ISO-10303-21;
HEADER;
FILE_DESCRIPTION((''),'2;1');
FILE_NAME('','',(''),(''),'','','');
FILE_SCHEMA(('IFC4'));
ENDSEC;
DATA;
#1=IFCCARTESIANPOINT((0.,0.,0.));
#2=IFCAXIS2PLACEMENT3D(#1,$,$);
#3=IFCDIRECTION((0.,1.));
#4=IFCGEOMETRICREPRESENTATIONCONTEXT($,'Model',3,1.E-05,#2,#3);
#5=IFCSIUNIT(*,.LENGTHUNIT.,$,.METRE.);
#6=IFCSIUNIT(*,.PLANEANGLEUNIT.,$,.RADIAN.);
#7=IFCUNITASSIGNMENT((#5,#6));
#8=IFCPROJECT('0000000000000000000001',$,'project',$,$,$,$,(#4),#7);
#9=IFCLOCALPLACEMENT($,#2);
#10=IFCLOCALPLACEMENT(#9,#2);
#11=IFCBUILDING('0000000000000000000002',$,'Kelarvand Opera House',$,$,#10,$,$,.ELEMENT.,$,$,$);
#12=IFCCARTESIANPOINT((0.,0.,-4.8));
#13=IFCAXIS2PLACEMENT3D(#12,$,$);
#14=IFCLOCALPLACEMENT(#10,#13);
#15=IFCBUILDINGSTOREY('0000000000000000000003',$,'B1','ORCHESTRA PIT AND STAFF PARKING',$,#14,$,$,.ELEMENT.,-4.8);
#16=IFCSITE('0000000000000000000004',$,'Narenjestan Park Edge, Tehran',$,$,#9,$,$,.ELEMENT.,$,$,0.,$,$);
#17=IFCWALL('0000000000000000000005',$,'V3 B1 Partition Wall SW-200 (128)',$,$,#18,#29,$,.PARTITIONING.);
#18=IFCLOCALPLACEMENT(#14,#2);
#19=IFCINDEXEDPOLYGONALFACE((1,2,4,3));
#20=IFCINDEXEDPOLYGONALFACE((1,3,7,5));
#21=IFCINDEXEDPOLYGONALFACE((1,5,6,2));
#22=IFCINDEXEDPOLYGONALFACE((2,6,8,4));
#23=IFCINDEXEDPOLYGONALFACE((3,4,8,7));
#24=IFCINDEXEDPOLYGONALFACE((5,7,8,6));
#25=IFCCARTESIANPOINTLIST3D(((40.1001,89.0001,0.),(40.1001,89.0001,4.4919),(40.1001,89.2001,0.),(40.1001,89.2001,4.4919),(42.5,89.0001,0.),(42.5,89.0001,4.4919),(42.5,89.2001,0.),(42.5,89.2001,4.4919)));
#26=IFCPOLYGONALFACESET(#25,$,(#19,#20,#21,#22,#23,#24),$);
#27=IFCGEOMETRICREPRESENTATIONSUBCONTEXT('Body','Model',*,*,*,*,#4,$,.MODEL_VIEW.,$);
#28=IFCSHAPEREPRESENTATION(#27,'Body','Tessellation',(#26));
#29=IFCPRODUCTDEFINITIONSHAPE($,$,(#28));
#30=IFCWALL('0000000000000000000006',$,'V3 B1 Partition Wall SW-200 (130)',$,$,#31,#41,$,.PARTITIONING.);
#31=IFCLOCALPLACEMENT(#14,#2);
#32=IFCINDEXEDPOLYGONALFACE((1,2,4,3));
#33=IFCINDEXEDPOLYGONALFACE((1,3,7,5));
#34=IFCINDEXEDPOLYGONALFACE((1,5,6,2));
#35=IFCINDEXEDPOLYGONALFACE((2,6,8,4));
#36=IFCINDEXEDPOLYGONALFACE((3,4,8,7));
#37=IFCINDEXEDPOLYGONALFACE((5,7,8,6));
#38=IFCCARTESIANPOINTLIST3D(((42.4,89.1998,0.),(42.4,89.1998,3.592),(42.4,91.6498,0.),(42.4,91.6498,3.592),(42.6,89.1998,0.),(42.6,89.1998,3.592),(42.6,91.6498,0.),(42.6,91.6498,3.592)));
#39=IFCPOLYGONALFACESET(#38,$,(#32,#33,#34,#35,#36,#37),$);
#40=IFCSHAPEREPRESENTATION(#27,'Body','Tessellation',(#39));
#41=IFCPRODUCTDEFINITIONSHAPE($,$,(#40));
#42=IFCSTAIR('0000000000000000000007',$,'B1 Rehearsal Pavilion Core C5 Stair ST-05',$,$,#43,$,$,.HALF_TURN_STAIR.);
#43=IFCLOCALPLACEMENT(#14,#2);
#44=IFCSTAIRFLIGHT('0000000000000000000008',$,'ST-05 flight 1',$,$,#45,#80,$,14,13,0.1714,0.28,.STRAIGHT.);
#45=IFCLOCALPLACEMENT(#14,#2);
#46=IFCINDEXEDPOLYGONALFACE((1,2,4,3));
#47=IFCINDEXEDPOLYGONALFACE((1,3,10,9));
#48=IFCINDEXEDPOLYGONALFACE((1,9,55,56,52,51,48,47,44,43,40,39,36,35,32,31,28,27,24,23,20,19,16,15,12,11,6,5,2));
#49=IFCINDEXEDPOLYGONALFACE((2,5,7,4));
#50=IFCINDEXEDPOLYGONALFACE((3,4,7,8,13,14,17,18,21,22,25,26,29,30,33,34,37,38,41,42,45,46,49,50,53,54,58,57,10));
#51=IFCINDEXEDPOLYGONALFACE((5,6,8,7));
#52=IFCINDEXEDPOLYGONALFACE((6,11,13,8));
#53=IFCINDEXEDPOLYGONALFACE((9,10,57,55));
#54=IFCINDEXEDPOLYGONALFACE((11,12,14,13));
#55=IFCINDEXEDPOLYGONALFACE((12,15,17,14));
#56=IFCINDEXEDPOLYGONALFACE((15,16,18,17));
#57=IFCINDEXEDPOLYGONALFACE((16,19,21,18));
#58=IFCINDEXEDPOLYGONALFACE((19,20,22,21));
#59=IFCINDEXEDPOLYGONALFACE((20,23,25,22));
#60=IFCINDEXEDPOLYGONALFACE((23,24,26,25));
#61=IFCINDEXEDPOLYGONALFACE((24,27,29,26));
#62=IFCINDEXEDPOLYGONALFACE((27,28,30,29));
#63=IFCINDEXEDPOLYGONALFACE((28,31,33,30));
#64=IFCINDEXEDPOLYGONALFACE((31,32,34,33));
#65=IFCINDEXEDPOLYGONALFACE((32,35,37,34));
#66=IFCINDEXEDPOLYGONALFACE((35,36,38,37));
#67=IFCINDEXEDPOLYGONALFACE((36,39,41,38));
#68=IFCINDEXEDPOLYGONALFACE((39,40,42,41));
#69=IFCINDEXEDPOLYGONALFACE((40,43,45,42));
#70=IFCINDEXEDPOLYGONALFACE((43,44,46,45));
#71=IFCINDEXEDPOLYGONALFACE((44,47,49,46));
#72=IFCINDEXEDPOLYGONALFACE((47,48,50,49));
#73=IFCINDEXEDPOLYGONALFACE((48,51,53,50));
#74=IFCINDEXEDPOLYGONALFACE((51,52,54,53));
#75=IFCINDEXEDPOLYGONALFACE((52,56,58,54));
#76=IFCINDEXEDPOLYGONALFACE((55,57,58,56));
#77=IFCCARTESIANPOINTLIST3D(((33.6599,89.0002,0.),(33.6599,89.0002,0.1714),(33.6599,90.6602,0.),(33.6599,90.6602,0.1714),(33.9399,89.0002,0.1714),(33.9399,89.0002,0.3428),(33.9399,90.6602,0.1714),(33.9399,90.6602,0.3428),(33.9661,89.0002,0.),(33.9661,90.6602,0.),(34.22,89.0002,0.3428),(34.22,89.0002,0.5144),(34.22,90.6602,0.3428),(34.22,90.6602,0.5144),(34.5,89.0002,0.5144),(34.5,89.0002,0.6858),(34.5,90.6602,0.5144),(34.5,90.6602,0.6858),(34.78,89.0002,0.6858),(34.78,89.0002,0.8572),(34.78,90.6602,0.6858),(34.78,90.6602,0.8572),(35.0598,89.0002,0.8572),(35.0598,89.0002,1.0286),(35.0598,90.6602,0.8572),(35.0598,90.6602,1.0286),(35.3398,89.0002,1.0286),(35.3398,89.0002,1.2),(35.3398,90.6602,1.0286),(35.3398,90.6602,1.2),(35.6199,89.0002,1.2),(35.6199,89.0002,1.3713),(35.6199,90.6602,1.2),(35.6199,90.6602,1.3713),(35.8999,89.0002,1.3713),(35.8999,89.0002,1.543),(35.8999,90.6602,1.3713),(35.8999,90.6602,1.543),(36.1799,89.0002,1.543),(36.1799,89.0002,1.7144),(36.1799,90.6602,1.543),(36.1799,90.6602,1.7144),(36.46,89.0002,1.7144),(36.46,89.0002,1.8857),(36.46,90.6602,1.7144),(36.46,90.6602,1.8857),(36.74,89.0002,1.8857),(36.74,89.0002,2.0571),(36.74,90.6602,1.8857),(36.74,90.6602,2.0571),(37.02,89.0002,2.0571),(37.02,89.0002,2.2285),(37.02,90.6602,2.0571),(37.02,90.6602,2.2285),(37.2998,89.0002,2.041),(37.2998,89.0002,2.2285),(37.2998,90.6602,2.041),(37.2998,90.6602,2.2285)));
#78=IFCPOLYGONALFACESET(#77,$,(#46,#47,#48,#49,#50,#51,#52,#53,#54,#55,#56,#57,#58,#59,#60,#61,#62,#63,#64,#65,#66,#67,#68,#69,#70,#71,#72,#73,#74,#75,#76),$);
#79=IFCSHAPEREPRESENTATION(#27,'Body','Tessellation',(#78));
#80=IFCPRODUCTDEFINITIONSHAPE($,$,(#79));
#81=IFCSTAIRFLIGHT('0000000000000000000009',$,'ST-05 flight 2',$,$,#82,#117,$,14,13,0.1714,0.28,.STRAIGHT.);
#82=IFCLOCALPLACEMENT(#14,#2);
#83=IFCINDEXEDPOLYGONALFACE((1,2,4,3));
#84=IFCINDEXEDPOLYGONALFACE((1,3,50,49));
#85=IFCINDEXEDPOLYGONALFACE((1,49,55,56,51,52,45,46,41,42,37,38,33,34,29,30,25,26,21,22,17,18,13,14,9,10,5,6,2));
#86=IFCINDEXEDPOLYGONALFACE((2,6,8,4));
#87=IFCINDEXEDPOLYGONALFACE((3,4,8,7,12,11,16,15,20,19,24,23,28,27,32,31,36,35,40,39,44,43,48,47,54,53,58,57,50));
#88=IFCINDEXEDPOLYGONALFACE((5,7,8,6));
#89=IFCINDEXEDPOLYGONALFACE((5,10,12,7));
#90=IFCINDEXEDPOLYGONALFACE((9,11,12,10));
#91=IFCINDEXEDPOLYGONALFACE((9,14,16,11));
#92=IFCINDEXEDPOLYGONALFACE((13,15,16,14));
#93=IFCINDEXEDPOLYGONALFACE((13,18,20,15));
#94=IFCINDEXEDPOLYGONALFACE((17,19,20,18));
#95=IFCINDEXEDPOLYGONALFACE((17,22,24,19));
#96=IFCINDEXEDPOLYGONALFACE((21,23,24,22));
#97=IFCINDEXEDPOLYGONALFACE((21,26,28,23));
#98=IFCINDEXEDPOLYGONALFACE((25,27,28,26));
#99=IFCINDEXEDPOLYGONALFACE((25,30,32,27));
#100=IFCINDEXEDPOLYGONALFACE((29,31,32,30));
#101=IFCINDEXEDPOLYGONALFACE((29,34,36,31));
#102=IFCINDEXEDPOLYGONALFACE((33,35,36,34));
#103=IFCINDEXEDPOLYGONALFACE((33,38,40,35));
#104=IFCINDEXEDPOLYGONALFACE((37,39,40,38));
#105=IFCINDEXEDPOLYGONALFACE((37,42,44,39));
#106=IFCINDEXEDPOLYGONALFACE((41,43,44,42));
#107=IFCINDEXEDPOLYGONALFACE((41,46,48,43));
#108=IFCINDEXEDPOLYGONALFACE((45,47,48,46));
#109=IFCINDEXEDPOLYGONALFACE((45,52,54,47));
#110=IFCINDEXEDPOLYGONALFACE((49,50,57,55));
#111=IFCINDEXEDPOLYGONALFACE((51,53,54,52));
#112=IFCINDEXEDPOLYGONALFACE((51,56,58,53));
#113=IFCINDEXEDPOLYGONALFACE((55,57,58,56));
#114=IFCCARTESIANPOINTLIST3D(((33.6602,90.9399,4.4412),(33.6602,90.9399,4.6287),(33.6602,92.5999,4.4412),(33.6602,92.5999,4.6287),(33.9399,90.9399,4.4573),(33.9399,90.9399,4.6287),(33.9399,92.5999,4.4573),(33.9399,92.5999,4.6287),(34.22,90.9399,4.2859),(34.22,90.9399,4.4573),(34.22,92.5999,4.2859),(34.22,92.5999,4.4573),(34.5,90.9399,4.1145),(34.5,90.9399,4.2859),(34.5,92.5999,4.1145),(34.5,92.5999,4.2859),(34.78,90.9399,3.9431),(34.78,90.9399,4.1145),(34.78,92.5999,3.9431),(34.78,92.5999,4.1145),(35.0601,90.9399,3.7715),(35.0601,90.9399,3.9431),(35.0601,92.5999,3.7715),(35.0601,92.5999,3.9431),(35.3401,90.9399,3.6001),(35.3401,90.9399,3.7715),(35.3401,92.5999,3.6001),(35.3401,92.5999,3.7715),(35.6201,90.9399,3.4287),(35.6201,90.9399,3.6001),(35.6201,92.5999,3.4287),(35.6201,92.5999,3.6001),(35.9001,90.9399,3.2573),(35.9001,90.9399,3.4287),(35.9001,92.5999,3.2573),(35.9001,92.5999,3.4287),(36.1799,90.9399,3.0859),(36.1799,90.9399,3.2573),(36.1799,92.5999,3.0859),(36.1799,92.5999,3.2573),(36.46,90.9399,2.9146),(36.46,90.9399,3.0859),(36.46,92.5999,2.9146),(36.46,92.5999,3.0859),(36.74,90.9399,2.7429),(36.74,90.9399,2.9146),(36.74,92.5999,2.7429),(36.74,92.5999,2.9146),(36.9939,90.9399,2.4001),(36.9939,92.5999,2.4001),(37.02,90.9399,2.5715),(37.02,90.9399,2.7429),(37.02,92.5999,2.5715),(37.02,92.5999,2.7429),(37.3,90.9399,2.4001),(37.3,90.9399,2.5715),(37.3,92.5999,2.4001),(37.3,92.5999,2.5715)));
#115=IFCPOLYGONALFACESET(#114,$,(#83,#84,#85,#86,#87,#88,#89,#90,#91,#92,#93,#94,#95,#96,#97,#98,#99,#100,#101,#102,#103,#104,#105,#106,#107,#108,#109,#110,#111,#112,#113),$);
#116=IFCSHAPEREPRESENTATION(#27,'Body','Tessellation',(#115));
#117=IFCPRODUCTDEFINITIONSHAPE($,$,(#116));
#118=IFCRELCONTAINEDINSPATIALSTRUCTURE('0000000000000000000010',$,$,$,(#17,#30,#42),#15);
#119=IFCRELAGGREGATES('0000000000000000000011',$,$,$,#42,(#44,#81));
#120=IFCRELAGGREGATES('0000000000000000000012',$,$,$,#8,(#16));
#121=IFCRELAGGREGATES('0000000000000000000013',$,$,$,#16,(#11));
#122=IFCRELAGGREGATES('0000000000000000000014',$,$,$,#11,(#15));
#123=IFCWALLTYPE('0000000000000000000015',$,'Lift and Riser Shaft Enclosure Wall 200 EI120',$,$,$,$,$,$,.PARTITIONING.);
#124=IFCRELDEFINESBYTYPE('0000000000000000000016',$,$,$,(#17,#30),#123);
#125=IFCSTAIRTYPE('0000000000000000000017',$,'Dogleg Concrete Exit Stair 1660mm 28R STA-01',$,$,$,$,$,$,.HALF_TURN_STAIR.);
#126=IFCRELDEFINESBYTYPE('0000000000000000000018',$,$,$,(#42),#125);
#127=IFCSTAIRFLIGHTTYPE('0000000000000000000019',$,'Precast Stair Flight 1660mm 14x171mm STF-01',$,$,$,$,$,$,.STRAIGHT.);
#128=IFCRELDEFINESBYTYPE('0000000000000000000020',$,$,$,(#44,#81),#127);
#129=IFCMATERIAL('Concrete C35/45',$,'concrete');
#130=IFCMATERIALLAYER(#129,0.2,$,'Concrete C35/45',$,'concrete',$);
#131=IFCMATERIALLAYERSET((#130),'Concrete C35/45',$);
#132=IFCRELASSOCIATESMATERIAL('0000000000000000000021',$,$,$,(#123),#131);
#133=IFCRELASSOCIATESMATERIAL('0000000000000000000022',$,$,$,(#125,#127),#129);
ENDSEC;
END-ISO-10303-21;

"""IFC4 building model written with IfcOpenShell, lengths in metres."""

from ifc_helpers import new_model, si_unit, direction, frame, frame_2d, origin, place, context, subcontext, project, spatial, polyline, rectangle, outline, extrude, material, layer, layer_set, type_object, element, aggregate, save


model = new_model("IFC4")

# Units and contexts
model_context = context("Model", 3, precision=1e-05, world=origin(), true_north=direction((0.0, 1.0)))
body_context = subcontext(model_context, "Body", "Model", "MODEL_VIEW")
ifc_project = project(units=[si_unit("LENGTHUNIT", "METRE"), si_unit("PLANEANGLEUNIT", "RADIAN")], contexts=[model_context])

# Site, building, storey
site_placement = place(None, origin())
site = spatial("IfcSite", under=ifc_project, at=site_placement, Name="Narenjestan Park Edge, Tehran", CompositionType="ELEMENT", RefElevation=0.0)
building_placement = place(site_placement, origin())
building = spatial("IfcBuilding", under=site, at=building_placement, Name="Kelarvand Opera House", CompositionType="ELEMENT")
storey_placement = place(building_placement, frame((0.0, 0.0, -4.8)))
storey = spatial("IfcBuildingStorey", under=building, at=storey_placement, Name="B1", Description="ORCHESTRA PIT AND STAFF PARKING", CompositionType="ELEMENT", Elevation=-4.8)

# Shared definitions
ifc_material_1 = material(Name="Concrete C35/45", Category="concrete")

# Wall
ifc_layer_1 = layer(ifc_material_1, 0.2, Name="Concrete C35/45", Category="concrete")
ifc_layer_set_1 = layer_set([ifc_layer_1], Name="Concrete C35/45")
wall_type_1 = type_object("IfcWallType", Name="Lift and Riser Shaft Enclosure Wall 200 EI120", PredefinedType="PARTITIONING", material=ifc_layer_set_1)
wall_1_placement = place(storey_placement, frame((40.1001, 89.1001, 0.0), z_axis=(0.0, 0.0, 1.0), x_axis=(1.0, 0.0, 0.0)))
element("IfcWall", 1, at=wall_1_placement, inside=storey, type_object=wall_type_1, Name="V3 B1 Partition Wall SW-200 (128)", PredefinedType="PARTITIONING", context=body_context, shape_type="SweptSolid", body=[
    extrude(rectangle(XDim=2.3999, YDim=0.2, at=frame_2d((1.2, 0.0))), origin(), (0.0, 0.0, 1.0), 4.4919),
])

# Wall
wall_2_placement = place(storey_placement, frame((42.5, 91.6499, 0.0), z_axis=(0.0, 0.0, 1.0), x_axis=(0.0, -1.0, 0.0)))
element("IfcWall", 2, at=wall_2_placement, inside=storey, type_object=wall_type_1, Name="V3 B1 Partition Wall SW-200 (130)", PredefinedType="PARTITIONING", context=body_context, shape_type="SweptSolid", body=[
    extrude(rectangle(XDim=2.45, YDim=0.2, at=frame_2d((1.2251, 0.0))), origin(), (0.0, 0.0, 1.0), 3.592),
])

# Stair, stair flights
stair_type = type_object("IfcStairType", Name="Dogleg Concrete Exit Stair 1660mm 28R STA-01", PredefinedType="HALF_TURN_STAIR", material=ifc_material_1)
stair_placement = place(storey_placement, origin())
stair = element("IfcStair", 3, at=stair_placement, inside=storey, type_object=stair_type, Name="B1 Rehearsal Pavilion Core C5 Stair ST-05", PredefinedType="HALF_TURN_STAIR")
stair_flight_type = type_object("IfcStairFlightType", Name="Precast Stair Flight 1660mm 14x171mm STF-01", PredefinedType="STRAIGHT", material=ifc_material_1)
stair_flight_1_placement = place(storey_placement, frame((33.6599, 89.8301, 0.0), z_axis=(0.0, 0.0, 1.0), x_axis=(1.0, 0.0, 0.0)))
stair_flight_1 = element("IfcStairFlight", 4, at=stair_flight_1_placement, type_object=stair_flight_type, Name="ST-05 flight 1", NumberOfRisers=14, NumberOfTreads=13, PredefinedType="STRAIGHT", RiserHeight=0.1714, TreadLength=0.28, context=body_context, shape_type="SweptSolid", body=[
    extrude(outline(polyline([(0.0, 0.0), (0.0, 0.1714), (0.28, 0.1714), (0.28, 0.3428), (0.5601, 0.3428), (0.5601, 0.5144), (0.8401, 0.5144), (0.8401, 0.6858), (1.1201, 0.6858), (1.1201, 0.8572), (1.3999, 0.8572), (1.3999, 1.0286), (1.6799, 1.0286), (1.6799, 1.2), (1.96, 1.2), (1.96, 1.3713), (2.24, 1.3713), (2.24, 1.543), (2.52, 1.543), (2.52, 1.7144), (2.8, 1.7144), (2.8, 1.8857), (3.0801, 1.8857), (3.0801, 2.0571), (3.3601, 2.0571), (3.3601, 2.2285), (3.6399, 2.2285), (3.6399, 2.3999), (3.6399, 2.041), (0.3062, 0.0), (0.0, 0.0)])), frame((0.0, 0.8301, 0.0), z_axis=(0.0, -1.0, 0.0), x_axis=(1.0, 0.0, 0.0)), (0.0, 0.0, 1.0), 1.6599),
])
stair_flight_2_placement = place(storey_placement, frame((37.3, 91.77, 2.4001), z_axis=(0.0, 0.0, 1.0), x_axis=(-1.0, 0.0, 0.0)))
stair_flight_2 = element("IfcStairFlight", 5, at=stair_flight_2_placement, type_object=stair_flight_type, Name="ST-05 flight 2", NumberOfRisers=14, NumberOfTreads=13, PredefinedType="STRAIGHT", RiserHeight=0.1714, TreadLength=0.28, context=body_context, shape_type="SweptSolid", body=[
    extrude(outline(polyline([(0.0, 0.0), (0.0, 0.1714), (0.28, 0.1714), (0.28, 0.3428), (0.5601, 0.3428), (0.5601, 0.5144), (0.8401, 0.5144), (0.8401, 0.6858), (1.1201, 0.6858), (1.1201, 0.8572), (1.3999, 0.8572), (1.3999, 1.0286), (1.6799, 1.0286), (1.6799, 1.2), (1.96, 1.2), (1.96, 1.3713), (2.24, 1.3713), (2.24, 1.543), (2.52, 1.543), (2.52, 1.7144), (2.8, 1.7144), (2.8, 1.8857), (3.0801, 1.8857), (3.0801, 2.0571), (3.3601, 2.0571), (3.3601, 2.2285), (3.6399, 2.2285), (3.6399, 2.3999), (3.6399, 2.041), (0.3062, 0.0), (0.0, 0.0)])), frame((0.0, 0.8301, 0.0), z_axis=(0.0, -1.0, 0.0), x_axis=(1.0, 0.0, 0.0)), (0.0, 0.0, 1.0), 1.6599),
])
aggregate(stair, [stair_flight_1, stair_flight_2])

save(model, "model.ifc")
